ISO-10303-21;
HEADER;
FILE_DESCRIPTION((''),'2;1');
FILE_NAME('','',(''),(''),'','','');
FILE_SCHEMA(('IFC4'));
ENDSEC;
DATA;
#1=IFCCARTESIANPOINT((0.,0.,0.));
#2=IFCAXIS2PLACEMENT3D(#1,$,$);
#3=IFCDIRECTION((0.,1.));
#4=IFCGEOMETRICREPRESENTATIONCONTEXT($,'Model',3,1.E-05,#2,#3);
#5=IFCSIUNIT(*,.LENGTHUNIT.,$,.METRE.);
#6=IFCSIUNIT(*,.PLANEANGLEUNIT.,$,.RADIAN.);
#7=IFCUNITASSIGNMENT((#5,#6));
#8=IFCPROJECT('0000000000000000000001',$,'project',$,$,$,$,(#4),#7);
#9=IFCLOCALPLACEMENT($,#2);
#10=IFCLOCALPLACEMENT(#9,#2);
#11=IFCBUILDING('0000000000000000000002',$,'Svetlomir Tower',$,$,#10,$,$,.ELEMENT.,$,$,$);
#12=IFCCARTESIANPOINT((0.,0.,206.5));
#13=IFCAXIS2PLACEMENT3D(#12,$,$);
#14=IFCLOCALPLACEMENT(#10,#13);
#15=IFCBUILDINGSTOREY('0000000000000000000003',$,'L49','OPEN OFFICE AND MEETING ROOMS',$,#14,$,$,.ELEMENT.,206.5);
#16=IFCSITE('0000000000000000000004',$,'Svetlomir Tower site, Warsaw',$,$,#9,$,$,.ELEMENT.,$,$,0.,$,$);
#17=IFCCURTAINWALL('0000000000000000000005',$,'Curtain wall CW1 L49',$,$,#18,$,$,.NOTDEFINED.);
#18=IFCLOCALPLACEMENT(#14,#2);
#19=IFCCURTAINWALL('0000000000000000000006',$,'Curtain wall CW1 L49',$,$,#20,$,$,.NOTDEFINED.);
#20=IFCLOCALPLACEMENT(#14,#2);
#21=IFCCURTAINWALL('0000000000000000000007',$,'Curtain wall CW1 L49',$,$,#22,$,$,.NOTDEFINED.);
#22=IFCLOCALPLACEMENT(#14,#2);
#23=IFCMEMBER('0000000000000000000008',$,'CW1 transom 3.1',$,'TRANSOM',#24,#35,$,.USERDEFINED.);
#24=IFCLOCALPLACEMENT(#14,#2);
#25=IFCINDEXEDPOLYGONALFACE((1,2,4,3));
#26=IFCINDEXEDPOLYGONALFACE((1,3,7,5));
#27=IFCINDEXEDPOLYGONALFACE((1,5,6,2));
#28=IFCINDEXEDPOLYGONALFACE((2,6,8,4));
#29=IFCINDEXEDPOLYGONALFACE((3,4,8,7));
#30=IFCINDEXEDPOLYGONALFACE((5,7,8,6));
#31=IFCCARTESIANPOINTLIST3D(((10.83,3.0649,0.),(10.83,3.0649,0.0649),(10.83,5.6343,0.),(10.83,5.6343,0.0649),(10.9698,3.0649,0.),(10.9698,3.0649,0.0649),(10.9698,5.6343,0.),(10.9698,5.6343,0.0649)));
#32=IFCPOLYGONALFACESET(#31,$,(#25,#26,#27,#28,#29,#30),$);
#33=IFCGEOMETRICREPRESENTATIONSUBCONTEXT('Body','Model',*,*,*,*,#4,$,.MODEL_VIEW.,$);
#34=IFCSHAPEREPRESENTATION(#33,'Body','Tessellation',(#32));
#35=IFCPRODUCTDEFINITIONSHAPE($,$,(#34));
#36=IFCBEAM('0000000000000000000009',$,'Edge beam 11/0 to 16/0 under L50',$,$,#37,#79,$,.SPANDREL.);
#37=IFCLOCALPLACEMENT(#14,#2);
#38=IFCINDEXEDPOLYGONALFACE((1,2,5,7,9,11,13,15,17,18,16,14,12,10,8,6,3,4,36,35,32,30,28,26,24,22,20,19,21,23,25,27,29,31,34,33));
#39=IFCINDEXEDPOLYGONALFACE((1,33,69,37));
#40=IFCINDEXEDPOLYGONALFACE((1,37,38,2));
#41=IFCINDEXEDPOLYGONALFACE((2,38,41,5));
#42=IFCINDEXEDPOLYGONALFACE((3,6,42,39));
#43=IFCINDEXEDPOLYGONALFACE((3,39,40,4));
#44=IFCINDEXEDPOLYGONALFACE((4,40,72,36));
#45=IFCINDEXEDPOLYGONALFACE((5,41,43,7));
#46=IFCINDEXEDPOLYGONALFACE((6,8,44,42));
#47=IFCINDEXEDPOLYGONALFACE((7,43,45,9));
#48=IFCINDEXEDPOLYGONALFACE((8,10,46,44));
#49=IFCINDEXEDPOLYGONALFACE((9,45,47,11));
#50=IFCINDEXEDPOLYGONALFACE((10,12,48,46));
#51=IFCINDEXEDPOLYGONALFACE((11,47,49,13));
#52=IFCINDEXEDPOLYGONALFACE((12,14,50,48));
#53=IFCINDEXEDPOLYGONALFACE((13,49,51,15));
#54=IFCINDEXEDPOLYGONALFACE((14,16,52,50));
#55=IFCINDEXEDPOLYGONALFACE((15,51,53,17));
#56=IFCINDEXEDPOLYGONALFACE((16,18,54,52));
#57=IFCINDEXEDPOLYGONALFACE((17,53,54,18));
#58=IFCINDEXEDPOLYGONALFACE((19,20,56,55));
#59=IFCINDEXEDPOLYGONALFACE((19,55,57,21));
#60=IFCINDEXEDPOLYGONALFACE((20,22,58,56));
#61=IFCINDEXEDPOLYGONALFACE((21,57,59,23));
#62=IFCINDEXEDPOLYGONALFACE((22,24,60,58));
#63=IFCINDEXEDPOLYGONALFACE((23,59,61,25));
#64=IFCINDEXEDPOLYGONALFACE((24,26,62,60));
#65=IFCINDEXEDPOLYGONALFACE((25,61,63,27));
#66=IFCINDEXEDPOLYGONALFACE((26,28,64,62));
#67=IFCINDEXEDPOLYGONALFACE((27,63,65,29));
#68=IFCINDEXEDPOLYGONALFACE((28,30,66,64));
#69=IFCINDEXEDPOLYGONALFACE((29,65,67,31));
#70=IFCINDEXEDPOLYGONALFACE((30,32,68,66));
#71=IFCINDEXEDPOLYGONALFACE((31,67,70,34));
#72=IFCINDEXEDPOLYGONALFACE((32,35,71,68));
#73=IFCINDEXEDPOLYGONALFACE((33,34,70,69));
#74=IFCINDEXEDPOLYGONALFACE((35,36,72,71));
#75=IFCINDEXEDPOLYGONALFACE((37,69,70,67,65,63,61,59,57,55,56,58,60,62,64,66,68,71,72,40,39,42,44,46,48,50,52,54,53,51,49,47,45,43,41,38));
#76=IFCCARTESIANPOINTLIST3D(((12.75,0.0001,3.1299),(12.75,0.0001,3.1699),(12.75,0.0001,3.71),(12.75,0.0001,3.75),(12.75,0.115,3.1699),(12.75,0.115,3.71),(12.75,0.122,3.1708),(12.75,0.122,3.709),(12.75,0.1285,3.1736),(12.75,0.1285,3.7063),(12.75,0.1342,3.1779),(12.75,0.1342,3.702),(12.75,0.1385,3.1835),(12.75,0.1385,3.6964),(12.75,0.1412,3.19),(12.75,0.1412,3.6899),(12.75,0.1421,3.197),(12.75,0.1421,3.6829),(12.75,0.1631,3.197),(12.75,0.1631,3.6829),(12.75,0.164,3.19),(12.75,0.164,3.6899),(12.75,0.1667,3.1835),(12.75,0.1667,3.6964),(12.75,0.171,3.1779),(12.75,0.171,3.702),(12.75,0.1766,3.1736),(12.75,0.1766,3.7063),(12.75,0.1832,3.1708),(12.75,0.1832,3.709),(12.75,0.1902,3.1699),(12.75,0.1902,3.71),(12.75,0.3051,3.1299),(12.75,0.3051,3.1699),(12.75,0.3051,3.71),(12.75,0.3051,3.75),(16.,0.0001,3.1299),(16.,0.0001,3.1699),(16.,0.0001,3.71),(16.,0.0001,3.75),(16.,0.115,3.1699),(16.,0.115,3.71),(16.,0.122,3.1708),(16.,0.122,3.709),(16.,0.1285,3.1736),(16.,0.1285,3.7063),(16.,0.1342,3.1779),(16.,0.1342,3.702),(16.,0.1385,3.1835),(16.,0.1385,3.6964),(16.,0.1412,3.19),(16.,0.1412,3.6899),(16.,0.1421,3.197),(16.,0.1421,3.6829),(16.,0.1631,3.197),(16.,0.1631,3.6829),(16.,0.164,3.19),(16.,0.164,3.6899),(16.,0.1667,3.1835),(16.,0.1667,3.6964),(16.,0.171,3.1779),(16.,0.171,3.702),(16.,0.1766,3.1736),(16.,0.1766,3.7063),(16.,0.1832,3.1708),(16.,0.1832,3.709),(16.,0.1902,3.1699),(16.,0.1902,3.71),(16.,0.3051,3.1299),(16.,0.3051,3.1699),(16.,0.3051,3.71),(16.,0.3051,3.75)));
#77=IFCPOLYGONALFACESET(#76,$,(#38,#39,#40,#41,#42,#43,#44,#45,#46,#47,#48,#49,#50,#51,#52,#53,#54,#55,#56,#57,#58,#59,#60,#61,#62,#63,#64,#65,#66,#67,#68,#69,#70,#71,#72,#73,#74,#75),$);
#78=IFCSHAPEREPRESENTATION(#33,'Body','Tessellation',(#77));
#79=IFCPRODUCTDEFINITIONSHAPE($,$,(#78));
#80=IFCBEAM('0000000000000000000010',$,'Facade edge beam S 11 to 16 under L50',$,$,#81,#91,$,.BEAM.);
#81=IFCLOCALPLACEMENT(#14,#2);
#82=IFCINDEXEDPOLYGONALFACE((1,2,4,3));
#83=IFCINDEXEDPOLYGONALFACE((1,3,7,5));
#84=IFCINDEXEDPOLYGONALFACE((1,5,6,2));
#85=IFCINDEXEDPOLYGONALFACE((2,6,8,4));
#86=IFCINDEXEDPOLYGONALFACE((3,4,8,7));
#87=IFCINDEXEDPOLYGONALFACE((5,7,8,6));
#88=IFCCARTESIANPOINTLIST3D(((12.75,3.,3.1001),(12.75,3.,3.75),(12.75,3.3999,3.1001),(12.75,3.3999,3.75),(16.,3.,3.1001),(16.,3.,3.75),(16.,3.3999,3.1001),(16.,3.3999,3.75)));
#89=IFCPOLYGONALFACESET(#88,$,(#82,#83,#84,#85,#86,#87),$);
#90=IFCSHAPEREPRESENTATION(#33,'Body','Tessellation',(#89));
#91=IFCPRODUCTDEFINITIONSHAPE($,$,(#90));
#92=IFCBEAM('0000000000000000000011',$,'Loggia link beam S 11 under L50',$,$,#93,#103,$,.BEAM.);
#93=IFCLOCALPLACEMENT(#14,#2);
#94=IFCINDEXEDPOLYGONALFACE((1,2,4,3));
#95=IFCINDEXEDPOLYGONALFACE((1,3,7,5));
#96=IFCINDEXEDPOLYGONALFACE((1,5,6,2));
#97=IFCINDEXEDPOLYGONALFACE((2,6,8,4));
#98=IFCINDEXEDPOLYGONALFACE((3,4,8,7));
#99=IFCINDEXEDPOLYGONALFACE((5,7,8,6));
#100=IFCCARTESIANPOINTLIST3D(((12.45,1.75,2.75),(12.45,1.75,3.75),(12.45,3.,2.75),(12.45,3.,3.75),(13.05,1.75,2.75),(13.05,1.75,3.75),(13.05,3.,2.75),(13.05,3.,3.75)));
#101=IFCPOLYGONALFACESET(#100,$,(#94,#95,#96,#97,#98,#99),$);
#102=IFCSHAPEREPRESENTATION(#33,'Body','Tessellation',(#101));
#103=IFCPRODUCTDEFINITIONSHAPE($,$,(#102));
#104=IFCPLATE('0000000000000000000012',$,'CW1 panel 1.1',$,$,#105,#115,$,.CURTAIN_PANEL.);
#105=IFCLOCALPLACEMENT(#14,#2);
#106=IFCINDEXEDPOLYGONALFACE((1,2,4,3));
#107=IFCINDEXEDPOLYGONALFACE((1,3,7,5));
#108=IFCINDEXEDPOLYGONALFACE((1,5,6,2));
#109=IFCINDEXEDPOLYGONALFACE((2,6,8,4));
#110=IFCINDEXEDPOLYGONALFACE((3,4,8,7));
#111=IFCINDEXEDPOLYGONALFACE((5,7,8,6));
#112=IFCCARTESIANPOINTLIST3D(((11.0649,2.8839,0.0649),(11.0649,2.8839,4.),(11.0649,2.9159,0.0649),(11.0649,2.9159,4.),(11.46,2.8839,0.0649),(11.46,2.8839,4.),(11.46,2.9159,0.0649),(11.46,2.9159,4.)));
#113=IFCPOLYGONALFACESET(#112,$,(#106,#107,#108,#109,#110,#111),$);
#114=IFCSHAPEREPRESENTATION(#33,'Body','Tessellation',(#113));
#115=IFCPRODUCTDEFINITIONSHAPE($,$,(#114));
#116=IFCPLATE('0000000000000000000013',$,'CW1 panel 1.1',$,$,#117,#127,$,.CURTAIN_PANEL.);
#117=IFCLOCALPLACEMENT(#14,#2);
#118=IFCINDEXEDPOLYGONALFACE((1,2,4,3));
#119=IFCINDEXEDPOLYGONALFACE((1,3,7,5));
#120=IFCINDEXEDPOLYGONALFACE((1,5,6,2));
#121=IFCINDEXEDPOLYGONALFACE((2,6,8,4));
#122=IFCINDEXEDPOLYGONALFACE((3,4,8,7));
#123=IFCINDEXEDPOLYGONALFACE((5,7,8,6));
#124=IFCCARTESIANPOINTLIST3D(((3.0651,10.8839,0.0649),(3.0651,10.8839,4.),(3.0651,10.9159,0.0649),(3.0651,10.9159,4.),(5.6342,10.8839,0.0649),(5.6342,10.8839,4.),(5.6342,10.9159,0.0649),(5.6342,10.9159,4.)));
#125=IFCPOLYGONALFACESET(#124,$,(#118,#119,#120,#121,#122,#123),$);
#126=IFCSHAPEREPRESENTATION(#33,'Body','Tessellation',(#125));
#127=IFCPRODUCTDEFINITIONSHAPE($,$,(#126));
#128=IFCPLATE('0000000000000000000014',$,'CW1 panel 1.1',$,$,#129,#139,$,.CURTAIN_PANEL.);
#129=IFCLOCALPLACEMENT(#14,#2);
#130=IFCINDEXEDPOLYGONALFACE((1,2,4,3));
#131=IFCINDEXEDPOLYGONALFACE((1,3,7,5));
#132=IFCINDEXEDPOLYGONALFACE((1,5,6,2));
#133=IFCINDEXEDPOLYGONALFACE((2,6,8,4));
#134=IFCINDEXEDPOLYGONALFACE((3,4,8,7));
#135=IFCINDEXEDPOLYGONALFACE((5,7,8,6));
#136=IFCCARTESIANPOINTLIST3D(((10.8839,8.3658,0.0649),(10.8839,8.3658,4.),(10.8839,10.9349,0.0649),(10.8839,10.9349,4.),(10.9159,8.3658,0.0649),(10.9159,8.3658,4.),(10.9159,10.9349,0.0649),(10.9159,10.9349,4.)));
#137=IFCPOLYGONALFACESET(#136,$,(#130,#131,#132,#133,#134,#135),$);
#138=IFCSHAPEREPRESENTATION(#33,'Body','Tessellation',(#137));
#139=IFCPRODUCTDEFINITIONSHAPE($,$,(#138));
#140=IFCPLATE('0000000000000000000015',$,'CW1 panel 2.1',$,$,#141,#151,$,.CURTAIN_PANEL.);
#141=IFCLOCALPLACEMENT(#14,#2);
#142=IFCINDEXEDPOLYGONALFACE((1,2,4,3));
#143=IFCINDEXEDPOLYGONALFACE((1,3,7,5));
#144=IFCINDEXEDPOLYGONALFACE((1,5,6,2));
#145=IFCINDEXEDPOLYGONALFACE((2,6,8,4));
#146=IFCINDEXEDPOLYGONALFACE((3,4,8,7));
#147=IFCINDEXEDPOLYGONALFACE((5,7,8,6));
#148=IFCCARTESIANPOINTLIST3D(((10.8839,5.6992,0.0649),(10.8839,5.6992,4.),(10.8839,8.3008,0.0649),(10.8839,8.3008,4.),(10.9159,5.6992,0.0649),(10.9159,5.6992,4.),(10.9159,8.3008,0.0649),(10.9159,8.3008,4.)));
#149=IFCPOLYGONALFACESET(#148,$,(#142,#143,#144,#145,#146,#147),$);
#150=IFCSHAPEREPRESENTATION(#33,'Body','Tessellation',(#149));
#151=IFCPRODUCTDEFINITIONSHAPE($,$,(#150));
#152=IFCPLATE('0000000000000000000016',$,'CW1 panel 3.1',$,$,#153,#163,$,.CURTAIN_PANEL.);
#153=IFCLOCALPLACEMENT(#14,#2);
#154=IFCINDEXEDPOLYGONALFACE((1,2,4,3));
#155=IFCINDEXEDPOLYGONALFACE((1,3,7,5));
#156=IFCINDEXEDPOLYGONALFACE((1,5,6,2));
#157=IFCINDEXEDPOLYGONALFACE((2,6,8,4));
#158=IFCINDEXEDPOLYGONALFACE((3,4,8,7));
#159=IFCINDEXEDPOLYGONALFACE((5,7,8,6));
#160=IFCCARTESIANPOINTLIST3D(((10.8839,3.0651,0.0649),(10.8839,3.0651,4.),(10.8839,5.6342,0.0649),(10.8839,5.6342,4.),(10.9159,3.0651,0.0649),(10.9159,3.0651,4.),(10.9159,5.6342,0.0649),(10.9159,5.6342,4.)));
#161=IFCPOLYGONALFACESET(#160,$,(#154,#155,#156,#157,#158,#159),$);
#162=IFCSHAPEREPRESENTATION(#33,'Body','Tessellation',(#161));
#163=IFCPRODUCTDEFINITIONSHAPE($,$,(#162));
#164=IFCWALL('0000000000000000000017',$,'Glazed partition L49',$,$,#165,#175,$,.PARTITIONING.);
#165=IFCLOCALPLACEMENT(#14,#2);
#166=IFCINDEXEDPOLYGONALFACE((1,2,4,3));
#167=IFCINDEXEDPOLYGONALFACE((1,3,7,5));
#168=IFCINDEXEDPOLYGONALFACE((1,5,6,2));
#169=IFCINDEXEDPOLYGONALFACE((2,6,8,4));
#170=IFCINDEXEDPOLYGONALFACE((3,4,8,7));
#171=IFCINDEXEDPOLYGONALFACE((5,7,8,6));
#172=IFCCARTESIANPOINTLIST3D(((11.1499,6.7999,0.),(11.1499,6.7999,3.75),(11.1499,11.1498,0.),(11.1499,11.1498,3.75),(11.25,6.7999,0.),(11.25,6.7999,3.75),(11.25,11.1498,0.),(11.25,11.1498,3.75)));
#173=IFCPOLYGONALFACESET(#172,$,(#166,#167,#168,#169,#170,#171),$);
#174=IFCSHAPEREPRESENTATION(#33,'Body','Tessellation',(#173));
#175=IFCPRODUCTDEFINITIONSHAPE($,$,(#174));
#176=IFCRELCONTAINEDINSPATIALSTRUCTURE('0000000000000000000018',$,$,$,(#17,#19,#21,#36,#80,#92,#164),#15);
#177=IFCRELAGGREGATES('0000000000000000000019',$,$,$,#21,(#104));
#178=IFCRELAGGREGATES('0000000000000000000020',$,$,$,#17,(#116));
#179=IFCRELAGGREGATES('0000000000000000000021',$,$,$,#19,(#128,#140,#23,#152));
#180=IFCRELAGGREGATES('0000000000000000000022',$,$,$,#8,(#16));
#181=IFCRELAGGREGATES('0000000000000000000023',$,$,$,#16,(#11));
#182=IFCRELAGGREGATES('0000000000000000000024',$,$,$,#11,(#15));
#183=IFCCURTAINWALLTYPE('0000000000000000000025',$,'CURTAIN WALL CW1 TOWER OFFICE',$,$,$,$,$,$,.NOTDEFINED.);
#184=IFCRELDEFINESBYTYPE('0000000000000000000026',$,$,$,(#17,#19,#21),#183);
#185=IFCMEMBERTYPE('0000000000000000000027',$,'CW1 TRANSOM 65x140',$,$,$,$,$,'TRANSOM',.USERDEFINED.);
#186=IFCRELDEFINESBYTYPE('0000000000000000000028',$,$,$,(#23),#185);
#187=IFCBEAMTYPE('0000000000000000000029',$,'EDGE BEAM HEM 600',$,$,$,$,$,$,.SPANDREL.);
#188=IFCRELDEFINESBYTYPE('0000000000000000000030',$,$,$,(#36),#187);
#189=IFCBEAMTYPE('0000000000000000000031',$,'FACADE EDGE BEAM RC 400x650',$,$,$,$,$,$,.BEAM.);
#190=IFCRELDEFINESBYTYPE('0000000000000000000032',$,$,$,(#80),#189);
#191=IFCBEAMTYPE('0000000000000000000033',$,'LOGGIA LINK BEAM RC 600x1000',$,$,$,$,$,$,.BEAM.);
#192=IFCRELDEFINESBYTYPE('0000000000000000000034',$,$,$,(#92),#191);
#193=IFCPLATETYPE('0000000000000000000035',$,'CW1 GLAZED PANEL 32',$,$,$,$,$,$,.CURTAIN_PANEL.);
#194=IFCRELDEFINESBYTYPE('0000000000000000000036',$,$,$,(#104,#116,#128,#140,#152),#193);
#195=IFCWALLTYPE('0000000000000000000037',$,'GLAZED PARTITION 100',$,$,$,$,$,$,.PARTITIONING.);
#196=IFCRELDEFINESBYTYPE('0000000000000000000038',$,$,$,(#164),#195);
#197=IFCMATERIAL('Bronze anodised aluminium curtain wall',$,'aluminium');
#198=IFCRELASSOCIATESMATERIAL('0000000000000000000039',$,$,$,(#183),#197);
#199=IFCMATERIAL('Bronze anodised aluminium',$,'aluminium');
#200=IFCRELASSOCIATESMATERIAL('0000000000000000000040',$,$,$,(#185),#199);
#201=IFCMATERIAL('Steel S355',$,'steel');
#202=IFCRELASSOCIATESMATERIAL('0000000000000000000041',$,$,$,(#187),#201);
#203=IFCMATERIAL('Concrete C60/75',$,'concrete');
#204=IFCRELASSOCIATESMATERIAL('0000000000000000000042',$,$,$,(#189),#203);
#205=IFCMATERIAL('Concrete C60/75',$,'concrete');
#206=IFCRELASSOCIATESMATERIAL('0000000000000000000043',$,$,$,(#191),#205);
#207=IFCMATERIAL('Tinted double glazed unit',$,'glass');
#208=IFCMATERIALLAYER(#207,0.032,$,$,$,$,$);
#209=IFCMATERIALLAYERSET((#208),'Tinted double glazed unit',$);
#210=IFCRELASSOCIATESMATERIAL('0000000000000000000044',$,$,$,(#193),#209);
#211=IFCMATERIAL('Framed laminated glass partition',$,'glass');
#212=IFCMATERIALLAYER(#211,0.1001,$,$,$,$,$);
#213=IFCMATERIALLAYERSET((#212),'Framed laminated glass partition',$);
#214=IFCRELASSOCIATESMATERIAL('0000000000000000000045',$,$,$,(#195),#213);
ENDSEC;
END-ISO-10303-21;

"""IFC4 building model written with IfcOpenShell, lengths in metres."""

from ifc_helpers import new_model, si_unit, direction, frame, frame_2d, origin, origin_2d, place, context, subcontext, project, spatial, rectangle, i_section, extrude, material, layer, layer_set, material_profile, profile_set, type_object, element, aggregate, save


model = new_model("IFC4")

# Units and contexts
model_context = context("Model", 3, precision=1e-05, world=origin(), true_north=direction((0.0, 1.0)))
body_context = subcontext(model_context, "Body", "Model", "MODEL_VIEW")
ifc_project = project(units=[si_unit("LENGTHUNIT", "METRE"), si_unit("PLANEANGLEUNIT", "RADIAN")], contexts=[model_context])

# Site, building, storey
site_placement = place(None, origin())
site = spatial("IfcSite", under=ifc_project, at=site_placement, Name="Svetlomir Tower site, Warsaw", CompositionType="ELEMENT", RefElevation=0.0)
building_placement = place(site_placement, origin())
building = spatial("IfcBuilding", under=site, at=building_placement, Name="Svetlomir Tower", CompositionType="ELEMENT")
storey_placement = place(building_placement, frame((0.0, 0.0, 206.5)))
storey = spatial("IfcBuildingStorey", under=building, at=storey_placement, Name="L49", Description="OPEN OFFICE AND MEETING ROOMS", CompositionType="ELEMENT", Elevation=206.5)

# Curtain walls
ifc_material_1 = material(Name="Bronze anodised aluminium curtain wall", Category="aluminium")
curtain_wall_type = type_object("IfcCurtainWallType", Name="CURTAIN WALL CW1 TOWER OFFICE", PredefinedType="NOTDEFINED", material=ifc_material_1)
curtain_wall_1_placement = place(storey_placement, origin())
curtain_wall_1 = element("IfcCurtainWall", 1, at=curtain_wall_1_placement, inside=storey, type_object=curtain_wall_type, Name="Curtain wall CW1 L49", PredefinedType="NOTDEFINED")
curtain_wall_2_placement = place(storey_placement, origin())
curtain_wall_2 = element("IfcCurtainWall", 2, at=curtain_wall_2_placement, inside=storey, type_object=curtain_wall_type, Name="Curtain wall CW1 L49", PredefinedType="NOTDEFINED")

# Curtain wall
curtain_wall_3_placement = place(storey_placement, origin())
curtain_wall_3 = element("IfcCurtainWall", 3, at=curtain_wall_3_placement, inside=storey, type_object=curtain_wall_type, Name="Curtain wall CW1 L49", PredefinedType="NOTDEFINED")

# Member
ifc_material_2 = material(Name="Bronze anodised aluminium", Category="aluminium")
ifc_material_profile_1 = material_profile(ifc_material_2, rectangle(XDim=0.1399, YDim=0.0649, at=origin_2d()), Name="AL 140x65")
ifc_profile_set_1 = profile_set([ifc_material_profile_1], Name="Bronze anodised aluminium 6063-T6")
member_type_1 = type_object("IfcMemberType", Name="CW1 TRANSOM 65x140", ElementType="TRANSOM", PredefinedType="USERDEFINED", material=ifc_profile_set_1)
member_1_placement = place(storey_placement, frame((10.8999, 5.6343, 0.0325), z_axis=(0.0, -1.0, 0.0), x_axis=(1.0, 0.0, 0.0)))
member_1 = element("IfcMember", 4, at=member_1_placement, type_object=member_type_1, Name="CW1 transom 3.1", ObjectType="TRANSOM", PredefinedType="USERDEFINED", context=body_context, shape_type="SweptSolid", body=[
    extrude(rectangle(XDim=0.1399, YDim=0.0649, at=origin_2d()), origin(), (0.0, 0.0, 1.0), 2.5693),
])

# Beams
ifc_material_3 = material(Name="Steel S355", Category="steel")
ifc_material_profile_2 = material_profile(ifc_material_3, i_section(OverallWidth=0.3049, OverallDepth=0.6201, WebThickness=0.021, FlangeThickness=0.04, FilletRadius=0.0271, at=origin_2d()), Name="HEM 600")
ifc_profile_set_2 = profile_set([ifc_material_profile_2], Name="Steel S355")
beam_type_1 = type_object("IfcBeamType", Name="EDGE BEAM HEM 600", PredefinedType="SPANDREL", material=ifc_profile_set_2)
beam_1_placement = place(storey_placement, frame((12.75, 0.1526, 3.4399), z_axis=(1.0, 0.0, 0.0), x_axis=(0.0, 1.0, 0.0)))
element("IfcBeam", 5, at=beam_1_placement, inside=storey, type_object=beam_type_1, Name="Edge beam 11/0 to 16/0 under L50", PredefinedType="SPANDREL", context=body_context, shape_type="SweptSolid", body=[
    extrude(i_section(OverallWidth=0.3049, OverallDepth=0.6201, WebThickness=0.021, FlangeThickness=0.04, FilletRadius=0.0271, at=origin_2d()), origin(), (0.0, 0.0, 1.0), 3.25),
])
ifc_material_4 = material(Name="Concrete C60/75", Category="concrete")
ifc_material_profile_3 = material_profile(ifc_material_4, rectangle(XDim=0.3999, YDim=0.6499, at=origin_2d()), Name="RC 400x650")
ifc_profile_set_3 = profile_set([ifc_material_profile_3], Name="Concrete C60/75")
beam_type_2 = type_object("IfcBeamType", Name="FACADE EDGE BEAM RC 400x650", PredefinedType="BEAM", material=ifc_profile_set_3)
beam_2_placement = place(storey_placement, frame((12.75, 3.2, 3.425), z_axis=(1.0, 0.0, 0.0), x_axis=(0.0, 1.0, 0.0)))
element("IfcBeam", 6, at=beam_2_placement, inside=storey, type_object=beam_type_2, Name="Facade edge beam S 11 to 16 under L50", PredefinedType="BEAM", context=body_context, shape_type="SweptSolid", body=[
    extrude(rectangle(XDim=0.3999, YDim=0.6499, at=origin_2d()), origin(), (0.0, 0.0, 1.0), 3.25),
])
ifc_material_5 = material(Name="Concrete C60/75", Category="concrete")
ifc_material_profile_4 = material_profile(ifc_material_5, rectangle(XDim=0.6001, YDim=1.0, at=origin_2d()), Name="RC 600x1000")
ifc_profile_set_4 = profile_set([ifc_material_profile_4], Name="Concrete C60/75")
beam_type_3 = type_object("IfcBeamType", Name="LOGGIA LINK BEAM RC 600x1000", PredefinedType="BEAM", material=ifc_profile_set_4)
beam_3_placement = place(storey_placement, frame((12.75, 1.75, 3.25), z_axis=(0.0, 1.0, 0.0), x_axis=(-1.0, 0.0, 0.0)))
element("IfcBeam", 7, at=beam_3_placement, inside=storey, type_object=beam_type_3, Name="Loggia link beam S 11 under L50", PredefinedType="BEAM", context=body_context, shape_type="SweptSolid", body=[
    extrude(rectangle(XDim=0.6001, YDim=1.0, at=origin_2d()), origin(), (0.0, 0.0, 1.0), 1.25),
])

# Plates
ifc_material_6 = material(Name="Tinted double glazed unit", Category="glass")
ifc_layer_1 = layer(ifc_material_6, 0.032)
ifc_layer_set_1 = layer_set([ifc_layer_1], Name="Tinted double glazed unit")
plate_type = type_object("IfcPlateType", Name="CW1 GLAZED PANEL 32", PredefinedType="CURTAIN_PANEL", material=ifc_layer_set_1)
plate_1_placement = place(storey_placement, frame((11.2625, 2.8999, 0.0649), z_axis=(0.0, 0.0, 1.0), x_axis=(1.0, 0.0, 0.0)))
plate_1 = element("IfcPlate", 8, at=plate_1_placement, type_object=plate_type, Name="CW1 panel 1.1", PredefinedType="CURTAIN_PANEL", context=body_context, shape_type="SweptSolid", body=[
    extrude(rectangle(XDim=0.395, YDim=0.032, at=origin_2d()), origin(), (0.0, 0.0, 1.0), 3.9351),
])
aggregate(curtain_wall_3, [plate_1])
plate_2_placement = place(storey_placement, frame((4.3496, 10.8999, 0.0649), z_axis=(0.0, 0.0, 1.0), x_axis=(1.0, 0.0, 0.0)))
plate_2 = element("IfcPlate", 9, at=plate_2_placement, type_object=plate_type, Name="CW1 panel 1.1", PredefinedType="CURTAIN_PANEL", context=body_context, shape_type="SweptSolid", body=[
    extrude(rectangle(XDim=2.5691, YDim=0.032, at=origin_2d()), origin(), (0.0, 0.0, 1.0), 3.9351),
])
aggregate(curtain_wall_1, [plate_2])
plate_3_placement = place(storey_placement, frame((10.8999, 9.6504, 0.0649), z_axis=(0.0, 0.0, 1.0), x_axis=(0.0, -1.0, 0.0)))
plate_3 = element("IfcPlate", 10, at=plate_3_placement, type_object=plate_type, Name="CW1 panel 1.1", PredefinedType="CURTAIN_PANEL", context=body_context, shape_type="SweptSolid", body=[
    extrude(rectangle(XDim=2.5691, YDim=0.032, at=origin_2d()), origin(), (0.0, 0.0, 1.0), 3.9351),
])
plate_4_placement = place(storey_placement, frame((10.8999, 7.0, 0.0649), z_axis=(0.0, 0.0, 1.0), x_axis=(0.0, -1.0, 0.0)))
plate_4 = element("IfcPlate", 11, at=plate_4_placement, type_object=plate_type, Name="CW1 panel 2.1", PredefinedType="CURTAIN_PANEL", context=body_context, shape_type="SweptSolid", body=[
    extrude(rectangle(XDim=2.6016, YDim=0.032, at=origin_2d()), origin(), (0.0, 0.0, 1.0), 3.9351),
])
plate_5_placement = place(storey_placement, frame((10.8999, 4.3496, 0.0649), z_axis=(0.0, 0.0, 1.0), x_axis=(0.0, -1.0, 0.0)))
plate_5 = element("IfcPlate", 12, at=plate_5_placement, type_object=plate_type, Name="CW1 panel 3.1", PredefinedType="CURTAIN_PANEL", context=body_context, shape_type="SweptSolid", body=[
    extrude(rectangle(XDim=2.5691, YDim=0.032, at=origin_2d()), origin(), (0.0, 0.0, 1.0), 3.9351),
])
aggregate(curtain_wall_2, [plate_3, plate_4, member_1, plate_5])

# Wall
ifc_material_7 = material(Name="Framed laminated glass partition", Category="glass")
ifc_layer_2 = layer(ifc_material_7, 0.1001)
ifc_layer_set_2 = layer_set([ifc_layer_2], Name="Framed laminated glass partition")
wall_type = type_object("IfcWallType", Name="GLAZED PARTITION 100", PredefinedType="PARTITIONING", material=ifc_layer_set_2)
wall_1_placement = place(storey_placement, frame((11.2, 6.8, 0.0), z_axis=(0.0, 0.0, 1.0), x_axis=(0.0, 1.0, 0.0)))
element("IfcWall", 13, at=wall_1_placement, inside=storey, type_object=wall_type, Name="Glazed partition L49", PredefinedType="PARTITIONING", context=body_context, shape_type="SweptSolid", body=[
    extrude(rectangle(XDim=4.3499, YDim=0.1001, at=frame_2d((2.1748, 0.0))), origin(), (0.0, 0.0, 1.0), 3.75),
])

save(model, "model.ifc")
